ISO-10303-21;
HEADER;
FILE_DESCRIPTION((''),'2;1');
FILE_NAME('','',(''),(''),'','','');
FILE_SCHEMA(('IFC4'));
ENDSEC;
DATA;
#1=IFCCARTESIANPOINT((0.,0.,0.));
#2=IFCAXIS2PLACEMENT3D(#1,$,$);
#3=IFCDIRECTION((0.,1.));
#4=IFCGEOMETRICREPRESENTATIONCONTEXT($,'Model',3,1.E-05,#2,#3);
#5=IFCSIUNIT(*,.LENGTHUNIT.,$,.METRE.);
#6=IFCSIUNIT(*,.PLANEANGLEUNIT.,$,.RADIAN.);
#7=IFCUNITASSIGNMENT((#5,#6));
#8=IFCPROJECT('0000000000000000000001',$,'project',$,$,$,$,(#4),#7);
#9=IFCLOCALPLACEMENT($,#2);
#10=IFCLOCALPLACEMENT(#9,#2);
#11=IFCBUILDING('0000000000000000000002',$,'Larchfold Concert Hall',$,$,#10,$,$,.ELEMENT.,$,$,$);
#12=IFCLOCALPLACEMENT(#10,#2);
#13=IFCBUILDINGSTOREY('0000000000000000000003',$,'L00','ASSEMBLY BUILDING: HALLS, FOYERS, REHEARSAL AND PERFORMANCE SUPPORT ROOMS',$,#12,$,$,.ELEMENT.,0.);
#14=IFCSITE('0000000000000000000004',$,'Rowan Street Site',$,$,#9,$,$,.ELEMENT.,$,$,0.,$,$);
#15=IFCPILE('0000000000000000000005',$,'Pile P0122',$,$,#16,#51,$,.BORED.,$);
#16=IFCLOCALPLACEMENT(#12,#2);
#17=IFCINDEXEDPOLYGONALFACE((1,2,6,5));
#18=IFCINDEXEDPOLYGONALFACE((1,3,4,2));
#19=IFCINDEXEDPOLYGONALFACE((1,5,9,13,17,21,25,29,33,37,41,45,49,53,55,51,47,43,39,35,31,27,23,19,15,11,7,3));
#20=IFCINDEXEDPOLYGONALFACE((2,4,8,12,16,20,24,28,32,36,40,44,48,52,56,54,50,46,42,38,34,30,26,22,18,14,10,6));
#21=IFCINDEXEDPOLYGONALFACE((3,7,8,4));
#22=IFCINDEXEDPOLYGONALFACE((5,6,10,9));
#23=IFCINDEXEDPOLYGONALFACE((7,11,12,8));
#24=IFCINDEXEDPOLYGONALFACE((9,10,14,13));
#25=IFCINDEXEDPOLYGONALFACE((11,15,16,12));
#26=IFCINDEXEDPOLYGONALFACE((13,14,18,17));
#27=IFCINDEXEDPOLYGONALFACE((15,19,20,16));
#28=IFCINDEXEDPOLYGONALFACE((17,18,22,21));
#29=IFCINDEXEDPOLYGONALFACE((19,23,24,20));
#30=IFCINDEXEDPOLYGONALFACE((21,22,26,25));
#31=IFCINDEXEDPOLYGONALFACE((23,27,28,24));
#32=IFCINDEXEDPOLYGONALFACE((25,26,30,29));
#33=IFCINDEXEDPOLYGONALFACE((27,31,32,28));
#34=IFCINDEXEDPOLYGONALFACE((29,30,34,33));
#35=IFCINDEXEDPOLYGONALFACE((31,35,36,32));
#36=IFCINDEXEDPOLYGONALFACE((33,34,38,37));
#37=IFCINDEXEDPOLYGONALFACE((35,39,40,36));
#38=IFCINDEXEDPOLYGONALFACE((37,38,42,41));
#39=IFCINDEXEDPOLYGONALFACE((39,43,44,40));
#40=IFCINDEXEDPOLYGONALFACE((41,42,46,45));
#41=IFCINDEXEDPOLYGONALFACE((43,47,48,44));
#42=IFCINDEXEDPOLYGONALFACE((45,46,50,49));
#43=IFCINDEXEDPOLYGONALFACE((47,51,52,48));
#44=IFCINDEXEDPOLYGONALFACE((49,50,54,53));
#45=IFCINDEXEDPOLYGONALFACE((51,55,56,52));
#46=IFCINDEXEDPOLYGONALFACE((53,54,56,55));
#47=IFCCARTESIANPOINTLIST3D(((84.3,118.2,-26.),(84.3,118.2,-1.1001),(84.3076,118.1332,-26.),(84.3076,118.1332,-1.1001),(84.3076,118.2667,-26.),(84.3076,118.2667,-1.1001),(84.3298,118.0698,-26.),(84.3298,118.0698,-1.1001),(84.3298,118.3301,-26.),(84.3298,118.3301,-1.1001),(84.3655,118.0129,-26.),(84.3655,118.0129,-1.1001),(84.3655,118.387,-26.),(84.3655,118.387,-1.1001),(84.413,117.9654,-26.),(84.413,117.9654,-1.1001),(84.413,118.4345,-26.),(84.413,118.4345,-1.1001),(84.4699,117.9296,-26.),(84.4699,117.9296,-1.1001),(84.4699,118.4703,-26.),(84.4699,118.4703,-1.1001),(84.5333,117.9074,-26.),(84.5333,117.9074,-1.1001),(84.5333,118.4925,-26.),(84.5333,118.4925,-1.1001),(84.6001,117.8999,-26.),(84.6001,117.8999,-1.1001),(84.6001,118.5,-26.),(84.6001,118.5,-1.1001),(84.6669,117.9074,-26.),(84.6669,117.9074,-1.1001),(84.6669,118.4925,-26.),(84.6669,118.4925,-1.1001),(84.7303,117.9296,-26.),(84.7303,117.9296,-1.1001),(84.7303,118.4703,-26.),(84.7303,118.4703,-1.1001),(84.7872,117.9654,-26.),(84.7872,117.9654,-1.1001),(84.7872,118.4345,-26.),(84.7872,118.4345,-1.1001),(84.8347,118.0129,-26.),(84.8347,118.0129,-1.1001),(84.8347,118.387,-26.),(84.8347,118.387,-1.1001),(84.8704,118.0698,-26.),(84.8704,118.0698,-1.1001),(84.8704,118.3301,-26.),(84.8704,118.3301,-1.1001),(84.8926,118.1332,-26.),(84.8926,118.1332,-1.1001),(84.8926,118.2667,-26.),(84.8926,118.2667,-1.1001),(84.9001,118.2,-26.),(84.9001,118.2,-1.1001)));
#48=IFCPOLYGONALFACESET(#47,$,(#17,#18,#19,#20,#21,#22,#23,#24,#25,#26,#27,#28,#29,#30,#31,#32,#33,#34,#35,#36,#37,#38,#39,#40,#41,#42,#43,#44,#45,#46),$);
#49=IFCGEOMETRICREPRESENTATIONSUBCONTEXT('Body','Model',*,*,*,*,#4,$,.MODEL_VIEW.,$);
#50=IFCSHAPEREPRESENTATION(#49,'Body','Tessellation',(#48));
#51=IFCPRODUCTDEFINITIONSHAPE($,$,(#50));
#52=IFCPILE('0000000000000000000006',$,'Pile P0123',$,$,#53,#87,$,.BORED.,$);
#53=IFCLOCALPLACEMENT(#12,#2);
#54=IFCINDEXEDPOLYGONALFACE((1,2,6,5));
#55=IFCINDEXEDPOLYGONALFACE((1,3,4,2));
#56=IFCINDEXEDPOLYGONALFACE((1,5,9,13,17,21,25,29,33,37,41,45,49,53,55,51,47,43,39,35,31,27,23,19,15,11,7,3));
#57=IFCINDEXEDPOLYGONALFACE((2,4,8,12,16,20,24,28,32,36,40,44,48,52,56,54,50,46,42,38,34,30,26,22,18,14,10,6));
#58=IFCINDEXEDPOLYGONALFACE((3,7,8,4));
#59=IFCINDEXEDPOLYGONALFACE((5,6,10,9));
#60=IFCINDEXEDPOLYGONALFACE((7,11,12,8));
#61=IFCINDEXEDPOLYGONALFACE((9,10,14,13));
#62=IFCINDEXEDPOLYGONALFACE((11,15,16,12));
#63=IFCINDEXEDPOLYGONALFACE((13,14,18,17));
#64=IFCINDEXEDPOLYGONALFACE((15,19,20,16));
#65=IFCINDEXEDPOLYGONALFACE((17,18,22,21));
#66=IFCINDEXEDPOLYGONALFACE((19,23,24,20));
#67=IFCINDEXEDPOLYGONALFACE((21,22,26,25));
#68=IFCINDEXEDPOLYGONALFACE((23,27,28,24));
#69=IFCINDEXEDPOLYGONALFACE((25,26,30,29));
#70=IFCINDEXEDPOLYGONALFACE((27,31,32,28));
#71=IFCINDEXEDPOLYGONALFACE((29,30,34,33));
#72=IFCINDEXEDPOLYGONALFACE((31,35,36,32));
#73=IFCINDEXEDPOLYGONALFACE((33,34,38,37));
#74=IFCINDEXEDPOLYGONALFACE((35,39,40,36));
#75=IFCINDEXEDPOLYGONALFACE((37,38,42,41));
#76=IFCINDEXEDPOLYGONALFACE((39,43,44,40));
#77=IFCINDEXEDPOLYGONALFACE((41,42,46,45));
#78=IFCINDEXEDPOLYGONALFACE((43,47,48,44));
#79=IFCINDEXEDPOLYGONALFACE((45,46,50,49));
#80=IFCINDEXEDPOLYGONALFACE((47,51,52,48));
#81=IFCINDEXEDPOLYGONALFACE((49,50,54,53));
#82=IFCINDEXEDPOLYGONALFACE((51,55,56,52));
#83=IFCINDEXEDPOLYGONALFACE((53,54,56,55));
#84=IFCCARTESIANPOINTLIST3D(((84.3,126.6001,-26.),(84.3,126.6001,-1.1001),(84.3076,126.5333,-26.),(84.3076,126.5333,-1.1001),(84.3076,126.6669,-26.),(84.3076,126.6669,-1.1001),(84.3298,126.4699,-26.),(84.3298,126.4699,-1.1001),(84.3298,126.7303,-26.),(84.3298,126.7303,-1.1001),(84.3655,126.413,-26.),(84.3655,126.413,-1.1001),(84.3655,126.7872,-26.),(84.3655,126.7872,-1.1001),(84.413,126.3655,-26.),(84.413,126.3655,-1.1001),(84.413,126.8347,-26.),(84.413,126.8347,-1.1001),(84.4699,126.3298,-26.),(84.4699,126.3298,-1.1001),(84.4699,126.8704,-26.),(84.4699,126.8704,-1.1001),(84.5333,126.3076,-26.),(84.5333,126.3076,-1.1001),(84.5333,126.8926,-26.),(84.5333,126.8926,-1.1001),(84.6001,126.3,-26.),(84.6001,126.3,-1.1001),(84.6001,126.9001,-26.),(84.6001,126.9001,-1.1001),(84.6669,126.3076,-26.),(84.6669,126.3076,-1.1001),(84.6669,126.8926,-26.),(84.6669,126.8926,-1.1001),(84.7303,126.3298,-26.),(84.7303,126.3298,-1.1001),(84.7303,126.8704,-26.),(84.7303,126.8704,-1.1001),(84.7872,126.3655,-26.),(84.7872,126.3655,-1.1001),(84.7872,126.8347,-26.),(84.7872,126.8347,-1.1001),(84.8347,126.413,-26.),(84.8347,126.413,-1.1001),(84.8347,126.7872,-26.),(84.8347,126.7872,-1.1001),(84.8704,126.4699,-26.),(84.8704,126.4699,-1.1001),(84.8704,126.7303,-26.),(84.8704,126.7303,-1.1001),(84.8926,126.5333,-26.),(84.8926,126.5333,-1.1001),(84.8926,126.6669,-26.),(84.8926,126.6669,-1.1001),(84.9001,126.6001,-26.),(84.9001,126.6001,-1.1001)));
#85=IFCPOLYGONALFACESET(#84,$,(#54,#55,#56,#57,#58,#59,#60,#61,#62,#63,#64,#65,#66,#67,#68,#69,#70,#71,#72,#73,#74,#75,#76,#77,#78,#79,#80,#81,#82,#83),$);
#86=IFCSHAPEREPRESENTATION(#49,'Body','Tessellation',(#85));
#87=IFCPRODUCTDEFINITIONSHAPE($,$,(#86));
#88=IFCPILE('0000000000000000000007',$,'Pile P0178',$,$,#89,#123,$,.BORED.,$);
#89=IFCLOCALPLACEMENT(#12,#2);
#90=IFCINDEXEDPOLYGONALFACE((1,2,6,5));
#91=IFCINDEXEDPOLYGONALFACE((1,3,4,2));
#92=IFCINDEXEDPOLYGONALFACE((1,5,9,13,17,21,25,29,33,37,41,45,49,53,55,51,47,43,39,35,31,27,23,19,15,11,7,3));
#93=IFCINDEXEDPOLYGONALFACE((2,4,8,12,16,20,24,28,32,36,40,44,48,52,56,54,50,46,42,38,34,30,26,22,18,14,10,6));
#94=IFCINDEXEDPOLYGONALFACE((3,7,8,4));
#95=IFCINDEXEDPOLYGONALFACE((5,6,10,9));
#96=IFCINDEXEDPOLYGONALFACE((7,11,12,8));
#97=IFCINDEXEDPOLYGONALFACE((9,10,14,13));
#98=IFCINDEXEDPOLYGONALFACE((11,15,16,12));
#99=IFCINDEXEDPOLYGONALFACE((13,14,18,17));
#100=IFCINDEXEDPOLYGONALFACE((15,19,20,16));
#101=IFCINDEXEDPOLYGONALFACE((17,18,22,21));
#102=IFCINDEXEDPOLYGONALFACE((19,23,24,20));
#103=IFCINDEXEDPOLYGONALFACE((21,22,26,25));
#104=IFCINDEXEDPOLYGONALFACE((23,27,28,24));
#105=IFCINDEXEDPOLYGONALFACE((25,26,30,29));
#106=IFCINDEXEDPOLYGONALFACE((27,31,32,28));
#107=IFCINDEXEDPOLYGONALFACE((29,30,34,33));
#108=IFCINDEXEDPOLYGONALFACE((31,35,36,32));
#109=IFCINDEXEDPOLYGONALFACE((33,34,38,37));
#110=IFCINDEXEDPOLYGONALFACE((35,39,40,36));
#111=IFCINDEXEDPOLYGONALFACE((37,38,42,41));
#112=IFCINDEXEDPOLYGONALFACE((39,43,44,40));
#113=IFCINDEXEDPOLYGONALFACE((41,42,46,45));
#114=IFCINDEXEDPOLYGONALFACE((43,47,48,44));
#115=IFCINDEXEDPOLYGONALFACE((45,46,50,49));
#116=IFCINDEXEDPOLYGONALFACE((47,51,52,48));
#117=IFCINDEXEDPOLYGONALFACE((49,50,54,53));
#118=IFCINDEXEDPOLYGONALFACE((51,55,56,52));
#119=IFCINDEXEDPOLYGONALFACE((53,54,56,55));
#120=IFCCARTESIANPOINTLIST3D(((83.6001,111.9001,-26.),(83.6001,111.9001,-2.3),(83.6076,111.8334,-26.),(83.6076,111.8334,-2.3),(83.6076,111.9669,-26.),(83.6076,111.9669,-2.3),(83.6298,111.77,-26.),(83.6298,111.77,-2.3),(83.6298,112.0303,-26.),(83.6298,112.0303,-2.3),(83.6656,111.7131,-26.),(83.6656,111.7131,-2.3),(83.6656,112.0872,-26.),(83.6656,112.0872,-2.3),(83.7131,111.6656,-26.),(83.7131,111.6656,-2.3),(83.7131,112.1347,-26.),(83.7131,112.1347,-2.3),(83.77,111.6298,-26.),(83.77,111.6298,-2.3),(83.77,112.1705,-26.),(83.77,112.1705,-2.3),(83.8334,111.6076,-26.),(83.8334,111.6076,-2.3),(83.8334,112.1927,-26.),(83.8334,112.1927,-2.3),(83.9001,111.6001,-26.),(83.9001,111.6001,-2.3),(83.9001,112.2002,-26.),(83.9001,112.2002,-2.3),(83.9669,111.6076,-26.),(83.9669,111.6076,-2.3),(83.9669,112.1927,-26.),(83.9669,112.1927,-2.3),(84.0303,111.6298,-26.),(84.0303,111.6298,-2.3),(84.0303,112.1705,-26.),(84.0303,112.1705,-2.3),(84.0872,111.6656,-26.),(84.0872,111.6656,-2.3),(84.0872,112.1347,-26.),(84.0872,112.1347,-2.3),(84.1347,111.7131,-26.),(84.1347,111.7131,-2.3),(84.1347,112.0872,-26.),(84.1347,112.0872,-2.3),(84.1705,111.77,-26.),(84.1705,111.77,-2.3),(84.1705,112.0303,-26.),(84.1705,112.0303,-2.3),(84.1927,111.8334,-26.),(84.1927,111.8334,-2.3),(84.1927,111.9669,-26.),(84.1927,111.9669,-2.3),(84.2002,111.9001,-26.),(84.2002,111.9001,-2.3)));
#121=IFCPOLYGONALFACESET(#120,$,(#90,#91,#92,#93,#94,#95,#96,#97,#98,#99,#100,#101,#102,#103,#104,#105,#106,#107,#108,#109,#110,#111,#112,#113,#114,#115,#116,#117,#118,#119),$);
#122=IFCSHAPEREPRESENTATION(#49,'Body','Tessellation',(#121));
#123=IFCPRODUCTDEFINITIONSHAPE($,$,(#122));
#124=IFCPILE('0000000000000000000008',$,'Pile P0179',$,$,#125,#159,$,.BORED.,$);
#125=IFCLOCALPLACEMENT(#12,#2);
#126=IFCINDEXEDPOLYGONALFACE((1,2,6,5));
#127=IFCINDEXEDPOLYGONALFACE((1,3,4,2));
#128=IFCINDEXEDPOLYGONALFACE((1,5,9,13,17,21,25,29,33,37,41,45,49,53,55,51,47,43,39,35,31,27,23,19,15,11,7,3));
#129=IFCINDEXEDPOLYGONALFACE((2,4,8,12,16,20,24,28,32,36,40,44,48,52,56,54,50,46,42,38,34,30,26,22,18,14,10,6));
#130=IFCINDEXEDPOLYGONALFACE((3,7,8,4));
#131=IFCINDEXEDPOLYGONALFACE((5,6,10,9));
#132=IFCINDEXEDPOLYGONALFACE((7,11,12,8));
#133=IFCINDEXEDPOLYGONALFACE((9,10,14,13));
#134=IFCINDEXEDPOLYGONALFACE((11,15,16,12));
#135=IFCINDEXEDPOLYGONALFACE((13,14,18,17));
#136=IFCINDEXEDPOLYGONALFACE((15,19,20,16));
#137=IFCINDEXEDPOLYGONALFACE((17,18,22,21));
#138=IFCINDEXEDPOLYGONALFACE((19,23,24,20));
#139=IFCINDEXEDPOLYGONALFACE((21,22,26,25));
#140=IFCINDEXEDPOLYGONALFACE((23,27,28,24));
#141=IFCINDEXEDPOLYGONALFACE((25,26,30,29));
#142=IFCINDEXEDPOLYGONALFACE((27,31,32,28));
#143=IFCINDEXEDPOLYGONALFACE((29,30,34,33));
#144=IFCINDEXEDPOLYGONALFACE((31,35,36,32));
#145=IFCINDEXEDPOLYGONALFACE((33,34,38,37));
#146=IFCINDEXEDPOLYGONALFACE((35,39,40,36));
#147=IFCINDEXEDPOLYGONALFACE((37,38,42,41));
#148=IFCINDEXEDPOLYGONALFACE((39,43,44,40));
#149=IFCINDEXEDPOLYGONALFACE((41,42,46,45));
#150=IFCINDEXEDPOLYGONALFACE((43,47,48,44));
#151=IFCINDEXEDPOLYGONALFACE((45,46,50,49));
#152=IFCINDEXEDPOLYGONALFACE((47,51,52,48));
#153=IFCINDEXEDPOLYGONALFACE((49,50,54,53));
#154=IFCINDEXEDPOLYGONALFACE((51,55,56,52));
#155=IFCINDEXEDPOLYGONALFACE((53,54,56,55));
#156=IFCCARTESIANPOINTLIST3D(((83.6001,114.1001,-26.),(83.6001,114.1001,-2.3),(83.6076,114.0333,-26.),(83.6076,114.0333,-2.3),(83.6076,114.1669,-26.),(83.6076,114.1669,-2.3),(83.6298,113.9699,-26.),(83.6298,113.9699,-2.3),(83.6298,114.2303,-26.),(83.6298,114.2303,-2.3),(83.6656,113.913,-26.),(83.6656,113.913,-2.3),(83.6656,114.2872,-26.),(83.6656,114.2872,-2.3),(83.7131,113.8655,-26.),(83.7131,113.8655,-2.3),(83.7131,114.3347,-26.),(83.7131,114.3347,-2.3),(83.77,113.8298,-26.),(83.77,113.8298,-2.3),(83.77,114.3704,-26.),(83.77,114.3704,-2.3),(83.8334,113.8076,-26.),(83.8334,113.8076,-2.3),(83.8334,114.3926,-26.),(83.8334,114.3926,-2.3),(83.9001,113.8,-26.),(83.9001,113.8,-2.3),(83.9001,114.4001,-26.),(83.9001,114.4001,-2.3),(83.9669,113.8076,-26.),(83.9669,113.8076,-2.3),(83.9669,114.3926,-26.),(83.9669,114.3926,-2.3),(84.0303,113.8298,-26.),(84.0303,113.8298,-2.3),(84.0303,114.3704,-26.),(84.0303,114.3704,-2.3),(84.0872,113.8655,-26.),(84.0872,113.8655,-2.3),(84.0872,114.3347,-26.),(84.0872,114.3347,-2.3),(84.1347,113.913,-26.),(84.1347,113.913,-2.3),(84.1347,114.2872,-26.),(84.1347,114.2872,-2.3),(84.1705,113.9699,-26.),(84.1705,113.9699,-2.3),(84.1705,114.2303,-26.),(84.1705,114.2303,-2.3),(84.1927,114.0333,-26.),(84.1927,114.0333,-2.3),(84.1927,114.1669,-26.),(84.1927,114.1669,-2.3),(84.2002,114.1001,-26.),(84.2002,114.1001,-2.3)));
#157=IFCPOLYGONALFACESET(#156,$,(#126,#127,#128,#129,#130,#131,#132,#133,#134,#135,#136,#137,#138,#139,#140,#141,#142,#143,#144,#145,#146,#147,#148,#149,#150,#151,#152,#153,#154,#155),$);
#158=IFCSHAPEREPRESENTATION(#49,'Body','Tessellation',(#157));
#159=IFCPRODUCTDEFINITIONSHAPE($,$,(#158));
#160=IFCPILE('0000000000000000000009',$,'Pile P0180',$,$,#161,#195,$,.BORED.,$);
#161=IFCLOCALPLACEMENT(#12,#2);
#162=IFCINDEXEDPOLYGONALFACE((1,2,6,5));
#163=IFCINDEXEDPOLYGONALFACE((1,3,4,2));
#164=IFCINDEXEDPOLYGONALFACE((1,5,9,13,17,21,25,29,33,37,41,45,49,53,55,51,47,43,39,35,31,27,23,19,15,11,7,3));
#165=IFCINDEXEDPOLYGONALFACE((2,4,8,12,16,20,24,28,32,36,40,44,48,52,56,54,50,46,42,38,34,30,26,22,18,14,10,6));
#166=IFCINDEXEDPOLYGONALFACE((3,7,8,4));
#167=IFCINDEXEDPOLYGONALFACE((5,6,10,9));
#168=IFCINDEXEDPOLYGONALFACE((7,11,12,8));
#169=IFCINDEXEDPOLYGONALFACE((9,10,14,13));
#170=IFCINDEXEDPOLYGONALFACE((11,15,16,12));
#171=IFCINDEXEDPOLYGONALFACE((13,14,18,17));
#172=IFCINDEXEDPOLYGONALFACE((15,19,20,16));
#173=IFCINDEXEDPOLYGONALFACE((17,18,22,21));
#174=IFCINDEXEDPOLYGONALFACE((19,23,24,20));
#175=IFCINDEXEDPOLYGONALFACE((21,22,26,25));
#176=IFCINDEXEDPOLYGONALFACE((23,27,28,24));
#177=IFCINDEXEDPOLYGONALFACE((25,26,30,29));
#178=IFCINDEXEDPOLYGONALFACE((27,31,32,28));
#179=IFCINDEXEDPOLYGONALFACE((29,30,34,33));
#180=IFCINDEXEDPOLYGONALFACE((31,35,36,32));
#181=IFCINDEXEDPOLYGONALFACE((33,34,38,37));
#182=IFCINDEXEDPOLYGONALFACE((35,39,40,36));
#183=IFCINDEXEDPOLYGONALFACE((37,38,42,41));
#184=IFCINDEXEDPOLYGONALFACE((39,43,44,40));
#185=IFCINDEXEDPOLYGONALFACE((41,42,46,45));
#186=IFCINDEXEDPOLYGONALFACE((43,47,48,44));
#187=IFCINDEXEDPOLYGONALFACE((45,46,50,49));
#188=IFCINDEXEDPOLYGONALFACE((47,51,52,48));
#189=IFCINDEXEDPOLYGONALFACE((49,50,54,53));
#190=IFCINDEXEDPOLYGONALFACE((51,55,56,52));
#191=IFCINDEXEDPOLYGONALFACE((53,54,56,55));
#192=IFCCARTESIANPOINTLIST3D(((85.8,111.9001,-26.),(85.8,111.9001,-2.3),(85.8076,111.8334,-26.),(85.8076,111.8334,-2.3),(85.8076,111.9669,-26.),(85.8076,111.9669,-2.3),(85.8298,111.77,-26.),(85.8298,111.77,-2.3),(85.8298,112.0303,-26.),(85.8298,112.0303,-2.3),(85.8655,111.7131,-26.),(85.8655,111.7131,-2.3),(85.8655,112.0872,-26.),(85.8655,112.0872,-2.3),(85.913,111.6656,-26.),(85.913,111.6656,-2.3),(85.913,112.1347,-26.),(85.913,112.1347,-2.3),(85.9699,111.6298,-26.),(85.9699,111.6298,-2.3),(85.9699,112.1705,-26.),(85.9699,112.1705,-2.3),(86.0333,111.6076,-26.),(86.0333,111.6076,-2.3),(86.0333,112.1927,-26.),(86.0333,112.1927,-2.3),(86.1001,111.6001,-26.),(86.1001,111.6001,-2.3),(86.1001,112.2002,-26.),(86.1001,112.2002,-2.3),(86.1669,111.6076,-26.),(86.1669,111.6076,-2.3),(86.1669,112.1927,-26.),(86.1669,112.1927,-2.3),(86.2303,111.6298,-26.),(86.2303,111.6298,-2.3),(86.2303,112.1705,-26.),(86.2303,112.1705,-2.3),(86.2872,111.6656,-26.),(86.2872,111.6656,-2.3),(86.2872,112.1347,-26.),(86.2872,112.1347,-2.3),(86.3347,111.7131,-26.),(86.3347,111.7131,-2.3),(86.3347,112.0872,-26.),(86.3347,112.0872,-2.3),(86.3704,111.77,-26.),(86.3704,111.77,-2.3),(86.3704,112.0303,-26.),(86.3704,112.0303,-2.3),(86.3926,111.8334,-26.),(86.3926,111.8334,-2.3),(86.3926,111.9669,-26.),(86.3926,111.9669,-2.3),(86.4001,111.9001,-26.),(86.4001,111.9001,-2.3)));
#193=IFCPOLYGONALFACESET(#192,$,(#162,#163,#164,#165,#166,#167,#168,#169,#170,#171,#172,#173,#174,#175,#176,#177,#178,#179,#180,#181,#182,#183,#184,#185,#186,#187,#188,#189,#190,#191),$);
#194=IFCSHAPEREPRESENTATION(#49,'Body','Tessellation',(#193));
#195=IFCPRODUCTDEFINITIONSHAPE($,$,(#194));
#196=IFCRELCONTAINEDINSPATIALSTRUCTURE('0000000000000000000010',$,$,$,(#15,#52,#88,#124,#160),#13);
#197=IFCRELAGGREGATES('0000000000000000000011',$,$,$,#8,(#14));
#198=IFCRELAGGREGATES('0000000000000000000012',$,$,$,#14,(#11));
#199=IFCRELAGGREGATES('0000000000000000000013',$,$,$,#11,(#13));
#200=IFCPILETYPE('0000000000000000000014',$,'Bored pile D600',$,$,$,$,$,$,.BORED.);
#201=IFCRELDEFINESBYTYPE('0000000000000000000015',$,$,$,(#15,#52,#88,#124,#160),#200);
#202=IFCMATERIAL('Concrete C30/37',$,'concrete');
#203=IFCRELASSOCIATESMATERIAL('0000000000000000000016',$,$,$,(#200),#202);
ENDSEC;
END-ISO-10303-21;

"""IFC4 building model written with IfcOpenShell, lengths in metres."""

from ifc_helpers import new_model, si_unit, direction, frame, origin, origin_2d, place, context, subcontext, project, spatial, circle, extrude, material, material_profile, profile_set, type_object, element, save


model = new_model("IFC4")

# Units and contexts
model_context = context("Model", 3, precision=1e-05, world=origin(), true_north=direction((0.0, 1.0)))
body_context = subcontext(model_context, "Body", "Model", "MODEL_VIEW")
ifc_project = project(units=[si_unit("LENGTHUNIT", "METRE"), si_unit("PLANEANGLEUNIT", "RADIAN")], contexts=[model_context])

# Site, building, storey
site_placement = place(None, origin())
site = spatial("IfcSite", under=ifc_project, at=site_placement, Name="Rowan Street Site", CompositionType="ELEMENT", RefElevation=0.0)
building_placement = place(site_placement, origin())
building = spatial("IfcBuilding", under=site, at=building_placement, Name="Larchfold Concert Hall", CompositionType="ELEMENT")
storey_placement = place(building_placement, origin())
storey = spatial("IfcBuildingStorey", under=building, at=storey_placement, Name="L00", Description="ASSEMBLY BUILDING: HALLS, FOYERS, REHEARSAL AND PERFORMANCE SUPPORT ROOMS", CompositionType="ELEMENT", Elevation=0.0)

# Piles
ifc_material_1 = material(Name="Concrete C30/37", Category="concrete")
ifc_material_profile_1 = material_profile(ifc_material_1, circle(Radius=0.3, at=origin_2d()))
ifc_profile_set_1 = profile_set([ifc_material_profile_1], Name="Concrete C30/37")
pile_type = type_object("IfcPileType", Name="Bored pile D600", PredefinedType="BORED", material=ifc_profile_set_1)
for number, where, z_axis, x_axis, name in (
    (1, (84.6001, 118.2, -1.1001), (0.0, 0.0, -1.0), (1.0, 0.0, 0.0), "Pile P0122"),
    (2, (84.6001, 126.6001, -1.1001), (0.0, 0.0, -1.0), (1.0, 0.0, 0.0), "Pile P0123"),
):
    element("IfcPile", number, at=place(storey_placement, frame(where, z_axis=z_axis, x_axis=x_axis)), inside=storey, type_object=pile_type, Name=name, PredefinedType="BORED", context=body_context, shape_type="SweptSolid", body=[
        extrude(circle(Radius=0.3, at=origin_2d()), origin(), (0.0, 0.0, 1.0), 24.8999),
    ])
for number, where, z_axis, x_axis, name in (
    (3, (83.9001, 111.9001, -2.3), (0.0, 0.0, -1.0), (1.0, 0.0, 0.0), "Pile P0178"),
    (4, (83.9001, 114.1001, -2.3), (0.0, 0.0, -1.0), (1.0, 0.0, 0.0), "Pile P0179"),
    (5, (86.1001, 111.9001, -2.3), (0.0, 0.0, -1.0), (1.0, 0.0, 0.0), "Pile P0180"),
):
    element("IfcPile", number, at=place(storey_placement, frame(where, z_axis=z_axis, x_axis=x_axis)), inside=storey, type_object=pile_type, Name=name, PredefinedType="BORED", context=body_context, shape_type="SweptSolid", body=[
        extrude(circle(Radius=0.3, at=origin_2d()), origin(), (0.0, 0.0, 1.0), 23.7),
    ])

save(model, "model.ifc")
